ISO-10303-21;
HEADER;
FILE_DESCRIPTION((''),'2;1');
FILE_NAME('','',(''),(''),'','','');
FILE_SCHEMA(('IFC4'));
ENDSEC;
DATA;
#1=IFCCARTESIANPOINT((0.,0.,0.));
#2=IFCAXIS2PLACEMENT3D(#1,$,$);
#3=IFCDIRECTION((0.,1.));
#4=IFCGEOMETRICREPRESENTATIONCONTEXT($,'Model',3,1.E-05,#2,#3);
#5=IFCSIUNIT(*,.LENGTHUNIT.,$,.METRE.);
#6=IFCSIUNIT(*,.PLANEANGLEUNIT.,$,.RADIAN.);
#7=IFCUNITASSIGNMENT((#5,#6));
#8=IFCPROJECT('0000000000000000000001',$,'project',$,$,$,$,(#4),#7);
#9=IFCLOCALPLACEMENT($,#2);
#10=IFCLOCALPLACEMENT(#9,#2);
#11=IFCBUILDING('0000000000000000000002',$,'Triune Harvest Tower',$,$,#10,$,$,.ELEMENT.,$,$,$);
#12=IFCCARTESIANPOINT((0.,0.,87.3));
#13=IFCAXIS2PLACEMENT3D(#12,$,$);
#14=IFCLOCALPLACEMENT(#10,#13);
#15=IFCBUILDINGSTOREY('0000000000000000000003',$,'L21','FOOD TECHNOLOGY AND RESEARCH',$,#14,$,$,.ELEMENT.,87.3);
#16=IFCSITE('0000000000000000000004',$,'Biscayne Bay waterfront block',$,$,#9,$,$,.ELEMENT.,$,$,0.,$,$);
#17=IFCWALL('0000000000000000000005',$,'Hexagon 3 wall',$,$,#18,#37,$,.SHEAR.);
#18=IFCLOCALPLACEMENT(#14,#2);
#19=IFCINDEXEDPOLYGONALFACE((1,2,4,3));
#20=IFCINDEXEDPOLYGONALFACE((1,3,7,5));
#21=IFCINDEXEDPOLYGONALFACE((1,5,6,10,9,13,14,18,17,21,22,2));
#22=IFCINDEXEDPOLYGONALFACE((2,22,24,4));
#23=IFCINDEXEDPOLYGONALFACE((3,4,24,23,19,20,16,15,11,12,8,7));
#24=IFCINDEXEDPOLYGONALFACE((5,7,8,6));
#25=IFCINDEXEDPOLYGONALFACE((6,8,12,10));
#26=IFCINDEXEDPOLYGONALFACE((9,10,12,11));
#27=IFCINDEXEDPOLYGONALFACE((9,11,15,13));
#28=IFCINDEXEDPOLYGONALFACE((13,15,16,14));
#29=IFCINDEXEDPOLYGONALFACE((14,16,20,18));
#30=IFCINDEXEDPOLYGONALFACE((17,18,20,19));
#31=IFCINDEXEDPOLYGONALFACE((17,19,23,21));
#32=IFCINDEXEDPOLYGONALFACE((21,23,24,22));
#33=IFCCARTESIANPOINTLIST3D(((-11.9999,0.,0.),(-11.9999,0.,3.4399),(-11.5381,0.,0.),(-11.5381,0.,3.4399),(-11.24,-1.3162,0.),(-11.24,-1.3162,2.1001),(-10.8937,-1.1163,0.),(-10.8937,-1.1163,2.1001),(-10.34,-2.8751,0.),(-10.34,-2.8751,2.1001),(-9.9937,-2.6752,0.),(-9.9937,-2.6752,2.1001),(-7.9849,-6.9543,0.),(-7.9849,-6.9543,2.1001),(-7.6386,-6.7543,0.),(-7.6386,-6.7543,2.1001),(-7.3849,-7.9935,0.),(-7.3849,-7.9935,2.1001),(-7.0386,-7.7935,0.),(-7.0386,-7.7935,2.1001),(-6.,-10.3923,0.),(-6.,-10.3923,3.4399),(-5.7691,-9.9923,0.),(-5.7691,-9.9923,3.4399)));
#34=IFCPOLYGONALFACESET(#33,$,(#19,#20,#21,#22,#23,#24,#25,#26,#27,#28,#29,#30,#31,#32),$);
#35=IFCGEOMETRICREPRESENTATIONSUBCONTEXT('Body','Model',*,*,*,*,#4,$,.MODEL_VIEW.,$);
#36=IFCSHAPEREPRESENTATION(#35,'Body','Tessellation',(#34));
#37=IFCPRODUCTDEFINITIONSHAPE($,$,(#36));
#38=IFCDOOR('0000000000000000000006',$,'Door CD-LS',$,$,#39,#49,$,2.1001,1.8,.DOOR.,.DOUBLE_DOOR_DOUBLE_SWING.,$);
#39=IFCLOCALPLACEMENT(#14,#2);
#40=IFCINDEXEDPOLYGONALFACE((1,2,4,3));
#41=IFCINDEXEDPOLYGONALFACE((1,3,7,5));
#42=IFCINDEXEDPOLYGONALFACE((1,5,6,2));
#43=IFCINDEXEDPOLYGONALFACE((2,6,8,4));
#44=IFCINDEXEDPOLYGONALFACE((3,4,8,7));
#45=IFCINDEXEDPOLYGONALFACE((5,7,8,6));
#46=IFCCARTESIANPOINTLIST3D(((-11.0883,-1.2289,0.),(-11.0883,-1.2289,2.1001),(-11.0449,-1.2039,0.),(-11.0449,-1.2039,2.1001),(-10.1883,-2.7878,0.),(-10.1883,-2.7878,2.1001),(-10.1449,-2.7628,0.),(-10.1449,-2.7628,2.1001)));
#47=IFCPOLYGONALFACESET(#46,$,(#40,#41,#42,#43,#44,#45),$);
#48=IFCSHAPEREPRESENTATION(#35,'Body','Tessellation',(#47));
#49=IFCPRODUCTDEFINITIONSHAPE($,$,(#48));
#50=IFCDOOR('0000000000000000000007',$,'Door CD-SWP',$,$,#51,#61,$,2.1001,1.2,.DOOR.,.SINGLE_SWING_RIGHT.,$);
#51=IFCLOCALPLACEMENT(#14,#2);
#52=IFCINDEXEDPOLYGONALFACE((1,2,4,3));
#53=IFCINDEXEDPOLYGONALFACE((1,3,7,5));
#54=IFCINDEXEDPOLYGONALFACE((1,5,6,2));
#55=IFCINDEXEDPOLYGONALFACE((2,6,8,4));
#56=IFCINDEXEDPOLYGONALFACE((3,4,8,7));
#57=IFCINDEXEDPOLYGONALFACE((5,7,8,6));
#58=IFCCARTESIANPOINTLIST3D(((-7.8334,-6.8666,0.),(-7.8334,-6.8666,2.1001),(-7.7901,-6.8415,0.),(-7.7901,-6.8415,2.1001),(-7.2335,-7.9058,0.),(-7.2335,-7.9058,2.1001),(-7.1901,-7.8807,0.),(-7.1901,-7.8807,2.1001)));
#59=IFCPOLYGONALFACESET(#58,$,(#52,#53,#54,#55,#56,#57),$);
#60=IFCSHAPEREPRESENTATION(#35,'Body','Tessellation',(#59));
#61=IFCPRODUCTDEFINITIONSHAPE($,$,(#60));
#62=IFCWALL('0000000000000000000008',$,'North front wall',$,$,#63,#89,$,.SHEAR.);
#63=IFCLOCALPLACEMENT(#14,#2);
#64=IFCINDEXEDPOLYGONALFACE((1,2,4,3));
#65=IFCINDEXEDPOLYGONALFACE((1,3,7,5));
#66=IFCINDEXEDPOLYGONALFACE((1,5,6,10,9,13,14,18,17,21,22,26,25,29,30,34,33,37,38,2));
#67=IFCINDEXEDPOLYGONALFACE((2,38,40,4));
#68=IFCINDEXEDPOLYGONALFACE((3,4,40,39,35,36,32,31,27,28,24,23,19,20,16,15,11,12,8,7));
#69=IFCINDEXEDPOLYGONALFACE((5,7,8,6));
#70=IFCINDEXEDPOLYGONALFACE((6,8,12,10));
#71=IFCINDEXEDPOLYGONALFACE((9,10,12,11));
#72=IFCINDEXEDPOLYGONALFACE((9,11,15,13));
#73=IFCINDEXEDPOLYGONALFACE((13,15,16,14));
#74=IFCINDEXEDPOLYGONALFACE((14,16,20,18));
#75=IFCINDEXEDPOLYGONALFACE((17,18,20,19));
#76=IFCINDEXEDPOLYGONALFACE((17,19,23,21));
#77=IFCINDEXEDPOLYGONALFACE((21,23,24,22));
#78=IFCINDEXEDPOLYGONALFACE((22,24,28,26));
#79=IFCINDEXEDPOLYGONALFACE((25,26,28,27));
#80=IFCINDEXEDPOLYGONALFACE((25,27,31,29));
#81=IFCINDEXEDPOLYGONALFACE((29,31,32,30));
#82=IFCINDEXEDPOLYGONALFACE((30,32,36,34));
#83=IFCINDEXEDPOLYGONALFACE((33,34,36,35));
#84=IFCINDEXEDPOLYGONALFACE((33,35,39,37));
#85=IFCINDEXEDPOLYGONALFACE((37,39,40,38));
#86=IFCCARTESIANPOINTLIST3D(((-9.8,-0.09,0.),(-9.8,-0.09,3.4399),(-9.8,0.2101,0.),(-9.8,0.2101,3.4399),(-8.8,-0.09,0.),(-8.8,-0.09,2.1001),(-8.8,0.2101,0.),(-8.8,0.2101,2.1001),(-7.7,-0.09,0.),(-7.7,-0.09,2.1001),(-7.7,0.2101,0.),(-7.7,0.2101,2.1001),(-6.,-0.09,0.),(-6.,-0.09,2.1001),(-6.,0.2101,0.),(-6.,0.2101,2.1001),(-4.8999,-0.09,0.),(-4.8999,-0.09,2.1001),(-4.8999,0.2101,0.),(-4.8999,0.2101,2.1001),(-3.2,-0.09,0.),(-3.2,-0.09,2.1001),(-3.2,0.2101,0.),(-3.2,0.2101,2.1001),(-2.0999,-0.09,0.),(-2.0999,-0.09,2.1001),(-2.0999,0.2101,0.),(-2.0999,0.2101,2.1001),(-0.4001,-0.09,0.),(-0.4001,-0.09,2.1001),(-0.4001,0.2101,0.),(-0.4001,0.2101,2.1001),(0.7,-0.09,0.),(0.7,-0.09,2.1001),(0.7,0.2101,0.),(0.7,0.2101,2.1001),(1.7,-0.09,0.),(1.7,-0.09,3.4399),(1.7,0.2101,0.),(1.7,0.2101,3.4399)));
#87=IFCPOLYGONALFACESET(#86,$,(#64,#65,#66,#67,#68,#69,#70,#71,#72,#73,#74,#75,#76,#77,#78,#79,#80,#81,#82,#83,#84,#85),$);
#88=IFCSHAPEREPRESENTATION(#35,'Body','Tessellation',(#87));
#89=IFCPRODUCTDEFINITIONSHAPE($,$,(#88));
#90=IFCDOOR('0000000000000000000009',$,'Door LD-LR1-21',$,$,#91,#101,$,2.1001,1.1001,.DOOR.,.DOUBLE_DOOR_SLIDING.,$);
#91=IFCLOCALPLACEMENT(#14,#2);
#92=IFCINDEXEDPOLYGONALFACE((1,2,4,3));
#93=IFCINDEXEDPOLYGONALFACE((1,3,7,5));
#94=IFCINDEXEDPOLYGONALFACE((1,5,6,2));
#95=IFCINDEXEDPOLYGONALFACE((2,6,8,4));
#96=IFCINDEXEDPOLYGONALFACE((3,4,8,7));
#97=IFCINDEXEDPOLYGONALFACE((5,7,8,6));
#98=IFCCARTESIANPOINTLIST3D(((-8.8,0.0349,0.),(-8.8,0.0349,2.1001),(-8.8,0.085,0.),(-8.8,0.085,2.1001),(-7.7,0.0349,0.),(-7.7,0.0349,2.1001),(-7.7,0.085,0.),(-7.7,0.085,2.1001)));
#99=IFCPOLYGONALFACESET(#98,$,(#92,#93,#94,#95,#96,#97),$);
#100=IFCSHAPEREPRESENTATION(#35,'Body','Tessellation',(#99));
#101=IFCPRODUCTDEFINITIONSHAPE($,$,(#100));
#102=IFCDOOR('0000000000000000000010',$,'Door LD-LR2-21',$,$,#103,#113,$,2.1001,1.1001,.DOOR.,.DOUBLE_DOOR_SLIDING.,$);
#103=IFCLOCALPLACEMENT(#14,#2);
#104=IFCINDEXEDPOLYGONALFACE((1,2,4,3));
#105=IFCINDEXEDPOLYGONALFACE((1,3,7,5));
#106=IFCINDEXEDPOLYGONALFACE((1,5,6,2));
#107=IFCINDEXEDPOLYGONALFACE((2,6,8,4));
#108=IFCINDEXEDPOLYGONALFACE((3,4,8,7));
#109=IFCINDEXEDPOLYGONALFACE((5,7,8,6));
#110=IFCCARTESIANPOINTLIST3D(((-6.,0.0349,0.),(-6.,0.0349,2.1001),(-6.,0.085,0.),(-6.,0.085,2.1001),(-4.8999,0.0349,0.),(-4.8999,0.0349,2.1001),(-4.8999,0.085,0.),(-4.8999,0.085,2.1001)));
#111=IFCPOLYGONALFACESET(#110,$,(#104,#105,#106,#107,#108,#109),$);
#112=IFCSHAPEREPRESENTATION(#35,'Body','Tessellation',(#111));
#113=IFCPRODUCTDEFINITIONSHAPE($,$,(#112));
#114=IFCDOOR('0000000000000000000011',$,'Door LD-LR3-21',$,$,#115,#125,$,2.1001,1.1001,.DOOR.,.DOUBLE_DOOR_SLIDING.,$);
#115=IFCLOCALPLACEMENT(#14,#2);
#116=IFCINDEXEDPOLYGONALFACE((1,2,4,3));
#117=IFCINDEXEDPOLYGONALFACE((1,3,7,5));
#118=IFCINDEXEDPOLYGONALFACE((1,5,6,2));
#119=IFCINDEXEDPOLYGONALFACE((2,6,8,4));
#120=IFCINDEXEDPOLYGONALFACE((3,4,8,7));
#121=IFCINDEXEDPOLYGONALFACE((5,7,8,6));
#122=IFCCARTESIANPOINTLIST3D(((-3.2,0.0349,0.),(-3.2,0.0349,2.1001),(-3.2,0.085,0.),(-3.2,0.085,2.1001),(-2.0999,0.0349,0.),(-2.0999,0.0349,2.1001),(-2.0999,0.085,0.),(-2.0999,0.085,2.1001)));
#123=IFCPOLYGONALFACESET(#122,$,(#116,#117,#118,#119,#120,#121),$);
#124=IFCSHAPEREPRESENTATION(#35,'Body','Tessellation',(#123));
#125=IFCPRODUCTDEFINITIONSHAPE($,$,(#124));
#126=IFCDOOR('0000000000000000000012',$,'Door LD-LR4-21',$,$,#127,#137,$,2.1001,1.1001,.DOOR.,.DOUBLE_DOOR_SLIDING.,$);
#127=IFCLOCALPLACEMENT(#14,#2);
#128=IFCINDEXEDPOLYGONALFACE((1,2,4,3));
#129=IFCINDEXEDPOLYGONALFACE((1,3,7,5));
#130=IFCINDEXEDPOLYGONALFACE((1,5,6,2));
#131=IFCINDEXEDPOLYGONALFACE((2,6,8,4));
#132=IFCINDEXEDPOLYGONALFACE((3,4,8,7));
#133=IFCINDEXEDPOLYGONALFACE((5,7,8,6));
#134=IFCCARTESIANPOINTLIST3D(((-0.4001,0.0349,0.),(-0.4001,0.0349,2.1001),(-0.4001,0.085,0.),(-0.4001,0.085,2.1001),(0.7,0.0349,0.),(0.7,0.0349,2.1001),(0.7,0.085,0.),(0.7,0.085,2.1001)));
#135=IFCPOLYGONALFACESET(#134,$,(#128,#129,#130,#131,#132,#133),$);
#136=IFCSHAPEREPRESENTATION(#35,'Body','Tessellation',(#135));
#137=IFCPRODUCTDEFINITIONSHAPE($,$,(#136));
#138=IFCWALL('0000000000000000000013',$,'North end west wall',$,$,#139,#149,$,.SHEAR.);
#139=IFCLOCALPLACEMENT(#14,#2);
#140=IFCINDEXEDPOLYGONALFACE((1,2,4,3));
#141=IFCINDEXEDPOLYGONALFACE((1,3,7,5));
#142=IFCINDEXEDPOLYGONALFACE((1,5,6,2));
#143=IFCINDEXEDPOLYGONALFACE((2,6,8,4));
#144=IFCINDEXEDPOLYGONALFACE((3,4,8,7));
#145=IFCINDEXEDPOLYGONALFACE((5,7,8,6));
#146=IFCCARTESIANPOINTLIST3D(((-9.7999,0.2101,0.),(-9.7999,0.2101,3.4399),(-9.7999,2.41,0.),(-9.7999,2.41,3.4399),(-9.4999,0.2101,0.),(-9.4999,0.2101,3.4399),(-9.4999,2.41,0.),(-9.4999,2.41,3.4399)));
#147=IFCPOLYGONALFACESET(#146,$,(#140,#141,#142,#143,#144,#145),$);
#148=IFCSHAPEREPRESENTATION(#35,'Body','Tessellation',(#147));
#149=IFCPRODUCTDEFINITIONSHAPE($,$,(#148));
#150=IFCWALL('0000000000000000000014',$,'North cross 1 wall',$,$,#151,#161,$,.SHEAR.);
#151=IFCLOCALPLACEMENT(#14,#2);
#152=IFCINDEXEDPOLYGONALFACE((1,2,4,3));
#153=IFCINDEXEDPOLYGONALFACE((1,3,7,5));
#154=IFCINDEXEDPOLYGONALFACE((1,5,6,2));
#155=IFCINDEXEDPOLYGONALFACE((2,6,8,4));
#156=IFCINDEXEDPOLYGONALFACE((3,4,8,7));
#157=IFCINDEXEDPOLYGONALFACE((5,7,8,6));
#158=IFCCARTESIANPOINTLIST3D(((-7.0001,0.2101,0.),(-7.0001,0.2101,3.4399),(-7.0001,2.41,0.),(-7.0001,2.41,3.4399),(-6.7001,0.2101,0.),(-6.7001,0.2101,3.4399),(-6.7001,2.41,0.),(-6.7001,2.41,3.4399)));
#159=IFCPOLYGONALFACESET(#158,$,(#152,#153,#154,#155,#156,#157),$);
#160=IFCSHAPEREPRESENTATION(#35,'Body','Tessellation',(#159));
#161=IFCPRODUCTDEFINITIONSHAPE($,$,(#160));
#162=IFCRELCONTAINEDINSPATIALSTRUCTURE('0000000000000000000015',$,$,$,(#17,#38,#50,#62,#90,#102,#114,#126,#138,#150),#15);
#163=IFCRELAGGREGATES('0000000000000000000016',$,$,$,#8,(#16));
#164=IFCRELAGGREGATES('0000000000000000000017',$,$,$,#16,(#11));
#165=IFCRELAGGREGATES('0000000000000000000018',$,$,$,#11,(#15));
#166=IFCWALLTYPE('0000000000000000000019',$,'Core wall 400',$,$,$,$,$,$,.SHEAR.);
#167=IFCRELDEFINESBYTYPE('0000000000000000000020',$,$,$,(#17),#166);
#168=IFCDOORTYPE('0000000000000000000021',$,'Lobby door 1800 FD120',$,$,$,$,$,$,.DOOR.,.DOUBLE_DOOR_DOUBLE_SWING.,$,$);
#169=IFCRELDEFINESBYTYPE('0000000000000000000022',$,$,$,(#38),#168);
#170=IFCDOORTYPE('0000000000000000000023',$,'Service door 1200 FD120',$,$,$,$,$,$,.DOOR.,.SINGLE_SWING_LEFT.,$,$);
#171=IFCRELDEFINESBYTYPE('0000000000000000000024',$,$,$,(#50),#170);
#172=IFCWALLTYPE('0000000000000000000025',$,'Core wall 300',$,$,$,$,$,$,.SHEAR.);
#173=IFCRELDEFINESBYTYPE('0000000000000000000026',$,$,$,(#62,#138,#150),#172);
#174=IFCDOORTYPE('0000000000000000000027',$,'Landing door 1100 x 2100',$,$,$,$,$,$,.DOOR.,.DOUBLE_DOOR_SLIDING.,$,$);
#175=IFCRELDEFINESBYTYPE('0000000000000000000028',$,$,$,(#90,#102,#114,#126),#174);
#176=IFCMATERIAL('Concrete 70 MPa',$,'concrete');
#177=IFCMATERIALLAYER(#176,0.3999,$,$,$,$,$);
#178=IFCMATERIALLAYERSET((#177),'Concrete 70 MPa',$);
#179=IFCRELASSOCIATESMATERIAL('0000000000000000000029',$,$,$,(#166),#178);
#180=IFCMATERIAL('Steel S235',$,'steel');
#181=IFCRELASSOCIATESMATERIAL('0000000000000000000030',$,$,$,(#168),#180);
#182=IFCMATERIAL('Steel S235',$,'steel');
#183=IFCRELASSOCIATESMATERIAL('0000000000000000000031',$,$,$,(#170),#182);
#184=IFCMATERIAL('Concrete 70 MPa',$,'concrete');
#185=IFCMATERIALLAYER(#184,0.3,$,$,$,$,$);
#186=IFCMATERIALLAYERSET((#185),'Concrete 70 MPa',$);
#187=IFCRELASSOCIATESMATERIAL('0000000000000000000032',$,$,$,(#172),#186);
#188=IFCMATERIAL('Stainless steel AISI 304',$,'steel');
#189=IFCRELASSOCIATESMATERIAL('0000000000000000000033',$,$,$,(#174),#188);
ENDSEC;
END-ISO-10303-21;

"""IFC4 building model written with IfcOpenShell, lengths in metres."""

from ifc_helpers import new_model, si_unit, direction, frame, frame_2d, origin, place, context, subcontext, project, spatial, polyline, rectangle, outline, extrude, source, transform, mapped, material, layer, layer_set, type_object, element, fill, save


model = new_model("IFC4")

# Units and contexts
model_context = context("Model", 3, precision=1e-05, world=origin(), true_north=direction((0.0, 1.0)))
body_context = subcontext(model_context, "Body", "Model", "MODEL_VIEW")
ifc_project = project(units=[si_unit("LENGTHUNIT", "METRE"), si_unit("PLANEANGLEUNIT", "RADIAN")], contexts=[model_context])

# Site, building, storey
site_placement = place(None, origin())
site = spatial("IfcSite", under=ifc_project, at=site_placement, Name="Biscayne Bay waterfront block", CompositionType="ELEMENT", RefElevation=0.0)
building_placement = place(site_placement, origin())
building = spatial("IfcBuilding", under=site, at=building_placement, Name="Triune Harvest Tower", CompositionType="ELEMENT")
storey_placement = place(building_placement, frame((0.0, 0.0, 87.3)))
storey = spatial("IfcBuildingStorey", under=building, at=storey_placement, Name="L21", Description="FOOD TECHNOLOGY AND RESEARCH", CompositionType="ELEMENT", Elevation=87.3)

# Walls, openings, doors
ifc_material_1 = material(Name="Concrete 70 MPa", Category="concrete")
ifc_layer_1 = layer(ifc_material_1, 0.3999)
ifc_layer_set_1 = layer_set([ifc_layer_1], Name="Concrete 70 MPa")
wall_type_1 = type_object("IfcWallType", Name="Core wall 400", PredefinedType="SHEAR", material=ifc_layer_set_1)
shared_shape_1 = source(origin(), body_context, "Body", "SweptSolid", [
    extrude(outline(polyline([(-0.1155, -0.2), (11.8845, -0.2), (11.6536, 0.2), (0.1155, 0.2), (-0.1155, -0.2)])), origin(), (0.0, 0.0, 1.0), 3.4399),
])
wall_1_placement = place(storey_placement, frame((-11.769, 0.0, 0.0), z_axis=(0.0, 0.0, 1.0), x_axis=(0.499997, -0.866027, 0.0)))
wall_1 = element("IfcWall", 1, at=wall_1_placement, inside=storey, type_object=wall_type_1, Name="Hexagon 3 wall", PredefinedType="SHEAR", context=body_context, shape_type="MappedRepresentation", body=[
    mapped(shared_shape_1, transform((0.0, 0.0, 0.0), scale=1.0)),
])
opening_1_placement = place(wall_1_placement, frame((1.4045, 0.0, 0.0)))
opening_1 = element("IfcOpeningElement", 2, at=opening_1_placement, cuts=wall_1, PredefinedType="OPENING", context=body_context, shape_type="SweptSolid", body=[
    extrude(rectangle(XDim=1.8, YDim=2.1001, at=frame_2d((0.8999, 1.05))), frame((0.0, 0.21, 0.0), z_axis=(0.0, -1.0, 0.0), x_axis=(1.0, 0.0, 0.0)), (0.0, 0.0, 1.0), 0.4199),
])
opening_2_placement = place(wall_1_placement, frame((7.9146, 0.0, 0.0)))
opening_2 = element("IfcOpeningElement", 3, at=opening_2_placement, cuts=wall_1, PredefinedType="OPENING", context=body_context, shape_type="SweptSolid", body=[
    extrude(rectangle(XDim=1.2, YDim=2.1001, at=frame_2d((0.6001, 1.05))), frame((0.0, 0.21, 0.0), z_axis=(0.0, -1.0, 0.0), x_axis=(1.0, 0.0, 0.0)), (0.0, 0.0, 1.0), 0.4199),
])
ifc_material_2 = material(Name="Steel S235", Category="steel")
door_type_1 = type_object("IfcDoorType", Name="Lobby door 1800 FD120", OperationType="DOUBLE_DOOR_DOUBLE_SWING", PredefinedType="DOOR", material=ifc_material_2)
door_1_placement = place(opening_1_placement, frame((1.8, 0.0, 0.0), z_axis=(0.0, 0.0, 1.0), x_axis=(-1.0, 0.0, 0.0)))
door_1 = element("IfcDoor", 4, at=door_1_placement, inside=storey, type_object=door_type_1, Name="Door CD-LS", OperationType="DOUBLE_DOOR_DOUBLE_SWING", OverallHeight=2.1001, OverallWidth=1.8, PredefinedType="DOOR", context=body_context, shape_type="SweptSolid", body=[
    extrude(rectangle(XDim=1.8, YDim=2.1001, at=frame_2d((0.8999, 1.05))), frame((0.0, 0.0249, 0.0), z_axis=(0.0, -1.0, 0.0), x_axis=(1.0, 0.0, 0.0)), (0.0, 0.0, 1.0), 0.05),
])
fill(opening_1, door_1)
ifc_material_3 = material(Name="Steel S235", Category="steel")
door_type_2 = type_object("IfcDoorType", Name="Service door 1200 FD120", OperationType="SINGLE_SWING_LEFT", PredefinedType="DOOR", material=ifc_material_3)
door_2_placement = place(opening_2_placement, frame((1.2, 0.0, 0.0), z_axis=(0.0, 0.0, 1.0), x_axis=(-1.0, 0.0, 0.0)))
door_2 = element("IfcDoor", 5, at=door_2_placement, inside=storey, type_object=door_type_2, Name="Door CD-SWP", OperationType="SINGLE_SWING_RIGHT", OverallHeight=2.1001, OverallWidth=1.2, PredefinedType="DOOR", context=body_context, shape_type="SweptSolid", body=[
    extrude(rectangle(XDim=1.2, YDim=2.1001, at=frame_2d((0.6001, 1.05))), frame((0.0, 0.0249, 0.0), z_axis=(0.0, -1.0, 0.0), x_axis=(1.0, 0.0, 0.0)), (0.0, 0.0, 1.0), 0.05),
])
fill(opening_2, door_2)
ifc_material_4 = material(Name="Concrete 70 MPa", Category="concrete")
ifc_layer_2 = layer(ifc_material_4, 0.3)
ifc_layer_set_2 = layer_set([ifc_layer_2], Name="Concrete 70 MPa")
wall_type_2 = type_object("IfcWallType", Name="Core wall 300", PredefinedType="SHEAR", material=ifc_layer_set_2)
shared_shape_2 = source(origin(), body_context, "Body", "SweptSolid", [
    extrude(rectangle(XDim=11.5, YDim=0.3, at=frame_2d((5.75, 0.0))), origin(), (0.0, 0.0, 1.0), 3.4399),
])
wall_2_placement = place(storey_placement, frame((-9.8, 0.0601, 0.0), z_axis=(0.0, 0.0, 1.0), x_axis=(1.0, 0.0, 0.0)))
wall_2 = element("IfcWall", 6, at=wall_2_placement, inside=storey, type_object=wall_type_2, Name="North front wall", PredefinedType="SHEAR", context=body_context, shape_type="MappedRepresentation", body=[
    mapped(shared_shape_2, transform((0.0, 0.0, 0.0), scale=1.0)),
])
opening_3_placement = place(wall_2_placement, frame((1.0, 0.0, 0.0)))
opening_3 = element("IfcOpeningElement", 7, at=opening_3_placement, cuts=wall_2, PredefinedType="OPENING", context=body_context, shape_type="SweptSolid", body=[
    extrude(rectangle(XDim=1.1001, YDim=2.1001, at=frame_2d((0.55, 1.05))), frame((0.0, 0.1602, 0.0), z_axis=(0.0, -1.0, 0.0), x_axis=(1.0, 0.0, 0.0)), (0.0, 0.0, 1.0), 0.3201),
])
opening_4_placement = place(wall_2_placement, frame((3.8, 0.0, 0.0)))
opening_4 = element("IfcOpeningElement", 8, at=opening_4_placement, cuts=wall_2, PredefinedType="OPENING", context=body_context, shape_type="SweptSolid", body=[
    extrude(rectangle(XDim=1.1001, YDim=2.1001, at=frame_2d((0.55, 1.05))), frame((0.0, 0.1602, 0.0), z_axis=(0.0, -1.0, 0.0), x_axis=(1.0, 0.0, 0.0)), (0.0, 0.0, 1.0), 0.3201),
])
opening_5_placement = place(wall_2_placement, frame((6.6001, 0.0, 0.0)))
opening_5 = element("IfcOpeningElement", 9, at=opening_5_placement, cuts=wall_2, PredefinedType="OPENING", context=body_context, shape_type="SweptSolid", body=[
    extrude(rectangle(XDim=1.1001, YDim=2.1001, at=frame_2d((0.55, 1.05))), frame((0.0, 0.1602, 0.0), z_axis=(0.0, -1.0, 0.0), x_axis=(1.0, 0.0, 0.0)), (0.0, 0.0, 1.0), 0.3201),
])
opening_6_placement = place(wall_2_placement, frame((9.3999, 0.0, 0.0)))
opening_6 = element("IfcOpeningElement", 10, at=opening_6_placement, cuts=wall_2, PredefinedType="OPENING", context=body_context, shape_type="SweptSolid", body=[
    extrude(rectangle(XDim=1.1001, YDim=2.1001, at=frame_2d((0.55, 1.05))), frame((0.0, 0.1602, 0.0), z_axis=(0.0, -1.0, 0.0), x_axis=(1.0, 0.0, 0.0)), (0.0, 0.0, 1.0), 0.3201),
])
ifc_material_5 = material(Name="Stainless steel AISI 304", Category="steel")
door_type_3 = type_object("IfcDoorType", Name="Landing door 1100 x 2100", OperationType="DOUBLE_DOOR_SLIDING", PredefinedType="DOOR", material=ifc_material_5)
door_3_placement = place(opening_3_placement, origin())
door_3 = element("IfcDoor", 11, at=door_3_placement, inside=storey, type_object=door_type_3, Name="Door LD-LR1-21", OperationType="DOUBLE_DOOR_SLIDING", OverallHeight=2.1001, OverallWidth=1.1001, PredefinedType="DOOR", context=body_context, shape_type="SweptSolid", body=[
    extrude(rectangle(XDim=1.1001, YDim=2.1001, at=frame_2d((0.55, 1.05))), frame((0.0, 0.0249, 0.0), z_axis=(0.0, -1.0, 0.0), x_axis=(1.0, 0.0, 0.0)), (0.0, 0.0, 1.0), 0.05),
])
fill(opening_3, door_3)
door_4_placement = place(opening_4_placement, origin())
door_4 = element("IfcDoor", 12, at=door_4_placement, inside=storey, type_object=door_type_3, Name="Door LD-LR2-21", OperationType="DOUBLE_DOOR_SLIDING", OverallHeight=2.1001, OverallWidth=1.1001, PredefinedType="DOOR", context=body_context, shape_type="SweptSolid", body=[
    extrude(rectangle(XDim=1.1001, YDim=2.1001, at=frame_2d((0.55, 1.05))), frame((0.0, 0.0249, 0.0), z_axis=(0.0, -1.0, 0.0), x_axis=(1.0, 0.0, 0.0)), (0.0, 0.0, 1.0), 0.05),
])
fill(opening_4, door_4)
door_5_placement = place(opening_5_placement, origin())
door_5 = element("IfcDoor", 13, at=door_5_placement, inside=storey, type_object=door_type_3, Name="Door LD-LR3-21", OperationType="DOUBLE_DOOR_SLIDING", OverallHeight=2.1001, OverallWidth=1.1001, PredefinedType="DOOR", context=body_context, shape_type="SweptSolid", body=[
    extrude(rectangle(XDim=1.1001, YDim=2.1001, at=frame_2d((0.55, 1.05))), frame((0.0, 0.0249, 0.0), z_axis=(0.0, -1.0, 0.0), x_axis=(1.0, 0.0, 0.0)), (0.0, 0.0, 1.0), 0.05),
])
fill(opening_5, door_5)
door_6_placement = place(opening_6_placement, origin())
door_6 = element("IfcDoor", 14, at=door_6_placement, inside=storey, type_object=door_type_3, Name="Door LD-LR4-21", OperationType="DOUBLE_DOOR_SLIDING", OverallHeight=2.1001, OverallWidth=1.1001, PredefinedType="DOOR", context=body_context, shape_type="SweptSolid", body=[
    extrude(rectangle(XDim=1.1001, YDim=2.1001, at=frame_2d((0.55, 1.05))), frame((0.0, 0.0249, 0.0), z_axis=(0.0, -1.0, 0.0), x_axis=(1.0, 0.0, 0.0)), (0.0, 0.0, 1.0), 0.05),
])
fill(opening_6, door_6)

# Walls
shared_shape_3 = source(origin(), body_context, "Body", "SweptSolid", [
    extrude(rectangle(XDim=2.2, YDim=0.3, at=frame_2d((1.1001, 0.0))), origin(), (0.0, 0.0, 1.0), 3.4399),
])
for number, where, z_axis, x_axis, name in (
    (15, (-9.6499, 0.21, 0.0), (0.0, 0.0, 1.0), (0.0, 1.0, 0.0), "North end west wall"),
    (16, (-6.8501, 0.21, 0.0), (0.0, 0.0, 1.0), (0.0, 1.0, 0.0), "North cross 1 wall"),
):
    element("IfcWall", number, at=place(storey_placement, frame(where, z_axis=z_axis, x_axis=x_axis)), inside=storey, type_object=wall_type_2, Name=name, PredefinedType="SHEAR", context=body_context, shape_type="MappedRepresentation", body=[
        mapped(shared_shape_3, transform((0.0, 0.0, 0.0), scale=1.0)),
    ])

save(model, "model.ifc")
